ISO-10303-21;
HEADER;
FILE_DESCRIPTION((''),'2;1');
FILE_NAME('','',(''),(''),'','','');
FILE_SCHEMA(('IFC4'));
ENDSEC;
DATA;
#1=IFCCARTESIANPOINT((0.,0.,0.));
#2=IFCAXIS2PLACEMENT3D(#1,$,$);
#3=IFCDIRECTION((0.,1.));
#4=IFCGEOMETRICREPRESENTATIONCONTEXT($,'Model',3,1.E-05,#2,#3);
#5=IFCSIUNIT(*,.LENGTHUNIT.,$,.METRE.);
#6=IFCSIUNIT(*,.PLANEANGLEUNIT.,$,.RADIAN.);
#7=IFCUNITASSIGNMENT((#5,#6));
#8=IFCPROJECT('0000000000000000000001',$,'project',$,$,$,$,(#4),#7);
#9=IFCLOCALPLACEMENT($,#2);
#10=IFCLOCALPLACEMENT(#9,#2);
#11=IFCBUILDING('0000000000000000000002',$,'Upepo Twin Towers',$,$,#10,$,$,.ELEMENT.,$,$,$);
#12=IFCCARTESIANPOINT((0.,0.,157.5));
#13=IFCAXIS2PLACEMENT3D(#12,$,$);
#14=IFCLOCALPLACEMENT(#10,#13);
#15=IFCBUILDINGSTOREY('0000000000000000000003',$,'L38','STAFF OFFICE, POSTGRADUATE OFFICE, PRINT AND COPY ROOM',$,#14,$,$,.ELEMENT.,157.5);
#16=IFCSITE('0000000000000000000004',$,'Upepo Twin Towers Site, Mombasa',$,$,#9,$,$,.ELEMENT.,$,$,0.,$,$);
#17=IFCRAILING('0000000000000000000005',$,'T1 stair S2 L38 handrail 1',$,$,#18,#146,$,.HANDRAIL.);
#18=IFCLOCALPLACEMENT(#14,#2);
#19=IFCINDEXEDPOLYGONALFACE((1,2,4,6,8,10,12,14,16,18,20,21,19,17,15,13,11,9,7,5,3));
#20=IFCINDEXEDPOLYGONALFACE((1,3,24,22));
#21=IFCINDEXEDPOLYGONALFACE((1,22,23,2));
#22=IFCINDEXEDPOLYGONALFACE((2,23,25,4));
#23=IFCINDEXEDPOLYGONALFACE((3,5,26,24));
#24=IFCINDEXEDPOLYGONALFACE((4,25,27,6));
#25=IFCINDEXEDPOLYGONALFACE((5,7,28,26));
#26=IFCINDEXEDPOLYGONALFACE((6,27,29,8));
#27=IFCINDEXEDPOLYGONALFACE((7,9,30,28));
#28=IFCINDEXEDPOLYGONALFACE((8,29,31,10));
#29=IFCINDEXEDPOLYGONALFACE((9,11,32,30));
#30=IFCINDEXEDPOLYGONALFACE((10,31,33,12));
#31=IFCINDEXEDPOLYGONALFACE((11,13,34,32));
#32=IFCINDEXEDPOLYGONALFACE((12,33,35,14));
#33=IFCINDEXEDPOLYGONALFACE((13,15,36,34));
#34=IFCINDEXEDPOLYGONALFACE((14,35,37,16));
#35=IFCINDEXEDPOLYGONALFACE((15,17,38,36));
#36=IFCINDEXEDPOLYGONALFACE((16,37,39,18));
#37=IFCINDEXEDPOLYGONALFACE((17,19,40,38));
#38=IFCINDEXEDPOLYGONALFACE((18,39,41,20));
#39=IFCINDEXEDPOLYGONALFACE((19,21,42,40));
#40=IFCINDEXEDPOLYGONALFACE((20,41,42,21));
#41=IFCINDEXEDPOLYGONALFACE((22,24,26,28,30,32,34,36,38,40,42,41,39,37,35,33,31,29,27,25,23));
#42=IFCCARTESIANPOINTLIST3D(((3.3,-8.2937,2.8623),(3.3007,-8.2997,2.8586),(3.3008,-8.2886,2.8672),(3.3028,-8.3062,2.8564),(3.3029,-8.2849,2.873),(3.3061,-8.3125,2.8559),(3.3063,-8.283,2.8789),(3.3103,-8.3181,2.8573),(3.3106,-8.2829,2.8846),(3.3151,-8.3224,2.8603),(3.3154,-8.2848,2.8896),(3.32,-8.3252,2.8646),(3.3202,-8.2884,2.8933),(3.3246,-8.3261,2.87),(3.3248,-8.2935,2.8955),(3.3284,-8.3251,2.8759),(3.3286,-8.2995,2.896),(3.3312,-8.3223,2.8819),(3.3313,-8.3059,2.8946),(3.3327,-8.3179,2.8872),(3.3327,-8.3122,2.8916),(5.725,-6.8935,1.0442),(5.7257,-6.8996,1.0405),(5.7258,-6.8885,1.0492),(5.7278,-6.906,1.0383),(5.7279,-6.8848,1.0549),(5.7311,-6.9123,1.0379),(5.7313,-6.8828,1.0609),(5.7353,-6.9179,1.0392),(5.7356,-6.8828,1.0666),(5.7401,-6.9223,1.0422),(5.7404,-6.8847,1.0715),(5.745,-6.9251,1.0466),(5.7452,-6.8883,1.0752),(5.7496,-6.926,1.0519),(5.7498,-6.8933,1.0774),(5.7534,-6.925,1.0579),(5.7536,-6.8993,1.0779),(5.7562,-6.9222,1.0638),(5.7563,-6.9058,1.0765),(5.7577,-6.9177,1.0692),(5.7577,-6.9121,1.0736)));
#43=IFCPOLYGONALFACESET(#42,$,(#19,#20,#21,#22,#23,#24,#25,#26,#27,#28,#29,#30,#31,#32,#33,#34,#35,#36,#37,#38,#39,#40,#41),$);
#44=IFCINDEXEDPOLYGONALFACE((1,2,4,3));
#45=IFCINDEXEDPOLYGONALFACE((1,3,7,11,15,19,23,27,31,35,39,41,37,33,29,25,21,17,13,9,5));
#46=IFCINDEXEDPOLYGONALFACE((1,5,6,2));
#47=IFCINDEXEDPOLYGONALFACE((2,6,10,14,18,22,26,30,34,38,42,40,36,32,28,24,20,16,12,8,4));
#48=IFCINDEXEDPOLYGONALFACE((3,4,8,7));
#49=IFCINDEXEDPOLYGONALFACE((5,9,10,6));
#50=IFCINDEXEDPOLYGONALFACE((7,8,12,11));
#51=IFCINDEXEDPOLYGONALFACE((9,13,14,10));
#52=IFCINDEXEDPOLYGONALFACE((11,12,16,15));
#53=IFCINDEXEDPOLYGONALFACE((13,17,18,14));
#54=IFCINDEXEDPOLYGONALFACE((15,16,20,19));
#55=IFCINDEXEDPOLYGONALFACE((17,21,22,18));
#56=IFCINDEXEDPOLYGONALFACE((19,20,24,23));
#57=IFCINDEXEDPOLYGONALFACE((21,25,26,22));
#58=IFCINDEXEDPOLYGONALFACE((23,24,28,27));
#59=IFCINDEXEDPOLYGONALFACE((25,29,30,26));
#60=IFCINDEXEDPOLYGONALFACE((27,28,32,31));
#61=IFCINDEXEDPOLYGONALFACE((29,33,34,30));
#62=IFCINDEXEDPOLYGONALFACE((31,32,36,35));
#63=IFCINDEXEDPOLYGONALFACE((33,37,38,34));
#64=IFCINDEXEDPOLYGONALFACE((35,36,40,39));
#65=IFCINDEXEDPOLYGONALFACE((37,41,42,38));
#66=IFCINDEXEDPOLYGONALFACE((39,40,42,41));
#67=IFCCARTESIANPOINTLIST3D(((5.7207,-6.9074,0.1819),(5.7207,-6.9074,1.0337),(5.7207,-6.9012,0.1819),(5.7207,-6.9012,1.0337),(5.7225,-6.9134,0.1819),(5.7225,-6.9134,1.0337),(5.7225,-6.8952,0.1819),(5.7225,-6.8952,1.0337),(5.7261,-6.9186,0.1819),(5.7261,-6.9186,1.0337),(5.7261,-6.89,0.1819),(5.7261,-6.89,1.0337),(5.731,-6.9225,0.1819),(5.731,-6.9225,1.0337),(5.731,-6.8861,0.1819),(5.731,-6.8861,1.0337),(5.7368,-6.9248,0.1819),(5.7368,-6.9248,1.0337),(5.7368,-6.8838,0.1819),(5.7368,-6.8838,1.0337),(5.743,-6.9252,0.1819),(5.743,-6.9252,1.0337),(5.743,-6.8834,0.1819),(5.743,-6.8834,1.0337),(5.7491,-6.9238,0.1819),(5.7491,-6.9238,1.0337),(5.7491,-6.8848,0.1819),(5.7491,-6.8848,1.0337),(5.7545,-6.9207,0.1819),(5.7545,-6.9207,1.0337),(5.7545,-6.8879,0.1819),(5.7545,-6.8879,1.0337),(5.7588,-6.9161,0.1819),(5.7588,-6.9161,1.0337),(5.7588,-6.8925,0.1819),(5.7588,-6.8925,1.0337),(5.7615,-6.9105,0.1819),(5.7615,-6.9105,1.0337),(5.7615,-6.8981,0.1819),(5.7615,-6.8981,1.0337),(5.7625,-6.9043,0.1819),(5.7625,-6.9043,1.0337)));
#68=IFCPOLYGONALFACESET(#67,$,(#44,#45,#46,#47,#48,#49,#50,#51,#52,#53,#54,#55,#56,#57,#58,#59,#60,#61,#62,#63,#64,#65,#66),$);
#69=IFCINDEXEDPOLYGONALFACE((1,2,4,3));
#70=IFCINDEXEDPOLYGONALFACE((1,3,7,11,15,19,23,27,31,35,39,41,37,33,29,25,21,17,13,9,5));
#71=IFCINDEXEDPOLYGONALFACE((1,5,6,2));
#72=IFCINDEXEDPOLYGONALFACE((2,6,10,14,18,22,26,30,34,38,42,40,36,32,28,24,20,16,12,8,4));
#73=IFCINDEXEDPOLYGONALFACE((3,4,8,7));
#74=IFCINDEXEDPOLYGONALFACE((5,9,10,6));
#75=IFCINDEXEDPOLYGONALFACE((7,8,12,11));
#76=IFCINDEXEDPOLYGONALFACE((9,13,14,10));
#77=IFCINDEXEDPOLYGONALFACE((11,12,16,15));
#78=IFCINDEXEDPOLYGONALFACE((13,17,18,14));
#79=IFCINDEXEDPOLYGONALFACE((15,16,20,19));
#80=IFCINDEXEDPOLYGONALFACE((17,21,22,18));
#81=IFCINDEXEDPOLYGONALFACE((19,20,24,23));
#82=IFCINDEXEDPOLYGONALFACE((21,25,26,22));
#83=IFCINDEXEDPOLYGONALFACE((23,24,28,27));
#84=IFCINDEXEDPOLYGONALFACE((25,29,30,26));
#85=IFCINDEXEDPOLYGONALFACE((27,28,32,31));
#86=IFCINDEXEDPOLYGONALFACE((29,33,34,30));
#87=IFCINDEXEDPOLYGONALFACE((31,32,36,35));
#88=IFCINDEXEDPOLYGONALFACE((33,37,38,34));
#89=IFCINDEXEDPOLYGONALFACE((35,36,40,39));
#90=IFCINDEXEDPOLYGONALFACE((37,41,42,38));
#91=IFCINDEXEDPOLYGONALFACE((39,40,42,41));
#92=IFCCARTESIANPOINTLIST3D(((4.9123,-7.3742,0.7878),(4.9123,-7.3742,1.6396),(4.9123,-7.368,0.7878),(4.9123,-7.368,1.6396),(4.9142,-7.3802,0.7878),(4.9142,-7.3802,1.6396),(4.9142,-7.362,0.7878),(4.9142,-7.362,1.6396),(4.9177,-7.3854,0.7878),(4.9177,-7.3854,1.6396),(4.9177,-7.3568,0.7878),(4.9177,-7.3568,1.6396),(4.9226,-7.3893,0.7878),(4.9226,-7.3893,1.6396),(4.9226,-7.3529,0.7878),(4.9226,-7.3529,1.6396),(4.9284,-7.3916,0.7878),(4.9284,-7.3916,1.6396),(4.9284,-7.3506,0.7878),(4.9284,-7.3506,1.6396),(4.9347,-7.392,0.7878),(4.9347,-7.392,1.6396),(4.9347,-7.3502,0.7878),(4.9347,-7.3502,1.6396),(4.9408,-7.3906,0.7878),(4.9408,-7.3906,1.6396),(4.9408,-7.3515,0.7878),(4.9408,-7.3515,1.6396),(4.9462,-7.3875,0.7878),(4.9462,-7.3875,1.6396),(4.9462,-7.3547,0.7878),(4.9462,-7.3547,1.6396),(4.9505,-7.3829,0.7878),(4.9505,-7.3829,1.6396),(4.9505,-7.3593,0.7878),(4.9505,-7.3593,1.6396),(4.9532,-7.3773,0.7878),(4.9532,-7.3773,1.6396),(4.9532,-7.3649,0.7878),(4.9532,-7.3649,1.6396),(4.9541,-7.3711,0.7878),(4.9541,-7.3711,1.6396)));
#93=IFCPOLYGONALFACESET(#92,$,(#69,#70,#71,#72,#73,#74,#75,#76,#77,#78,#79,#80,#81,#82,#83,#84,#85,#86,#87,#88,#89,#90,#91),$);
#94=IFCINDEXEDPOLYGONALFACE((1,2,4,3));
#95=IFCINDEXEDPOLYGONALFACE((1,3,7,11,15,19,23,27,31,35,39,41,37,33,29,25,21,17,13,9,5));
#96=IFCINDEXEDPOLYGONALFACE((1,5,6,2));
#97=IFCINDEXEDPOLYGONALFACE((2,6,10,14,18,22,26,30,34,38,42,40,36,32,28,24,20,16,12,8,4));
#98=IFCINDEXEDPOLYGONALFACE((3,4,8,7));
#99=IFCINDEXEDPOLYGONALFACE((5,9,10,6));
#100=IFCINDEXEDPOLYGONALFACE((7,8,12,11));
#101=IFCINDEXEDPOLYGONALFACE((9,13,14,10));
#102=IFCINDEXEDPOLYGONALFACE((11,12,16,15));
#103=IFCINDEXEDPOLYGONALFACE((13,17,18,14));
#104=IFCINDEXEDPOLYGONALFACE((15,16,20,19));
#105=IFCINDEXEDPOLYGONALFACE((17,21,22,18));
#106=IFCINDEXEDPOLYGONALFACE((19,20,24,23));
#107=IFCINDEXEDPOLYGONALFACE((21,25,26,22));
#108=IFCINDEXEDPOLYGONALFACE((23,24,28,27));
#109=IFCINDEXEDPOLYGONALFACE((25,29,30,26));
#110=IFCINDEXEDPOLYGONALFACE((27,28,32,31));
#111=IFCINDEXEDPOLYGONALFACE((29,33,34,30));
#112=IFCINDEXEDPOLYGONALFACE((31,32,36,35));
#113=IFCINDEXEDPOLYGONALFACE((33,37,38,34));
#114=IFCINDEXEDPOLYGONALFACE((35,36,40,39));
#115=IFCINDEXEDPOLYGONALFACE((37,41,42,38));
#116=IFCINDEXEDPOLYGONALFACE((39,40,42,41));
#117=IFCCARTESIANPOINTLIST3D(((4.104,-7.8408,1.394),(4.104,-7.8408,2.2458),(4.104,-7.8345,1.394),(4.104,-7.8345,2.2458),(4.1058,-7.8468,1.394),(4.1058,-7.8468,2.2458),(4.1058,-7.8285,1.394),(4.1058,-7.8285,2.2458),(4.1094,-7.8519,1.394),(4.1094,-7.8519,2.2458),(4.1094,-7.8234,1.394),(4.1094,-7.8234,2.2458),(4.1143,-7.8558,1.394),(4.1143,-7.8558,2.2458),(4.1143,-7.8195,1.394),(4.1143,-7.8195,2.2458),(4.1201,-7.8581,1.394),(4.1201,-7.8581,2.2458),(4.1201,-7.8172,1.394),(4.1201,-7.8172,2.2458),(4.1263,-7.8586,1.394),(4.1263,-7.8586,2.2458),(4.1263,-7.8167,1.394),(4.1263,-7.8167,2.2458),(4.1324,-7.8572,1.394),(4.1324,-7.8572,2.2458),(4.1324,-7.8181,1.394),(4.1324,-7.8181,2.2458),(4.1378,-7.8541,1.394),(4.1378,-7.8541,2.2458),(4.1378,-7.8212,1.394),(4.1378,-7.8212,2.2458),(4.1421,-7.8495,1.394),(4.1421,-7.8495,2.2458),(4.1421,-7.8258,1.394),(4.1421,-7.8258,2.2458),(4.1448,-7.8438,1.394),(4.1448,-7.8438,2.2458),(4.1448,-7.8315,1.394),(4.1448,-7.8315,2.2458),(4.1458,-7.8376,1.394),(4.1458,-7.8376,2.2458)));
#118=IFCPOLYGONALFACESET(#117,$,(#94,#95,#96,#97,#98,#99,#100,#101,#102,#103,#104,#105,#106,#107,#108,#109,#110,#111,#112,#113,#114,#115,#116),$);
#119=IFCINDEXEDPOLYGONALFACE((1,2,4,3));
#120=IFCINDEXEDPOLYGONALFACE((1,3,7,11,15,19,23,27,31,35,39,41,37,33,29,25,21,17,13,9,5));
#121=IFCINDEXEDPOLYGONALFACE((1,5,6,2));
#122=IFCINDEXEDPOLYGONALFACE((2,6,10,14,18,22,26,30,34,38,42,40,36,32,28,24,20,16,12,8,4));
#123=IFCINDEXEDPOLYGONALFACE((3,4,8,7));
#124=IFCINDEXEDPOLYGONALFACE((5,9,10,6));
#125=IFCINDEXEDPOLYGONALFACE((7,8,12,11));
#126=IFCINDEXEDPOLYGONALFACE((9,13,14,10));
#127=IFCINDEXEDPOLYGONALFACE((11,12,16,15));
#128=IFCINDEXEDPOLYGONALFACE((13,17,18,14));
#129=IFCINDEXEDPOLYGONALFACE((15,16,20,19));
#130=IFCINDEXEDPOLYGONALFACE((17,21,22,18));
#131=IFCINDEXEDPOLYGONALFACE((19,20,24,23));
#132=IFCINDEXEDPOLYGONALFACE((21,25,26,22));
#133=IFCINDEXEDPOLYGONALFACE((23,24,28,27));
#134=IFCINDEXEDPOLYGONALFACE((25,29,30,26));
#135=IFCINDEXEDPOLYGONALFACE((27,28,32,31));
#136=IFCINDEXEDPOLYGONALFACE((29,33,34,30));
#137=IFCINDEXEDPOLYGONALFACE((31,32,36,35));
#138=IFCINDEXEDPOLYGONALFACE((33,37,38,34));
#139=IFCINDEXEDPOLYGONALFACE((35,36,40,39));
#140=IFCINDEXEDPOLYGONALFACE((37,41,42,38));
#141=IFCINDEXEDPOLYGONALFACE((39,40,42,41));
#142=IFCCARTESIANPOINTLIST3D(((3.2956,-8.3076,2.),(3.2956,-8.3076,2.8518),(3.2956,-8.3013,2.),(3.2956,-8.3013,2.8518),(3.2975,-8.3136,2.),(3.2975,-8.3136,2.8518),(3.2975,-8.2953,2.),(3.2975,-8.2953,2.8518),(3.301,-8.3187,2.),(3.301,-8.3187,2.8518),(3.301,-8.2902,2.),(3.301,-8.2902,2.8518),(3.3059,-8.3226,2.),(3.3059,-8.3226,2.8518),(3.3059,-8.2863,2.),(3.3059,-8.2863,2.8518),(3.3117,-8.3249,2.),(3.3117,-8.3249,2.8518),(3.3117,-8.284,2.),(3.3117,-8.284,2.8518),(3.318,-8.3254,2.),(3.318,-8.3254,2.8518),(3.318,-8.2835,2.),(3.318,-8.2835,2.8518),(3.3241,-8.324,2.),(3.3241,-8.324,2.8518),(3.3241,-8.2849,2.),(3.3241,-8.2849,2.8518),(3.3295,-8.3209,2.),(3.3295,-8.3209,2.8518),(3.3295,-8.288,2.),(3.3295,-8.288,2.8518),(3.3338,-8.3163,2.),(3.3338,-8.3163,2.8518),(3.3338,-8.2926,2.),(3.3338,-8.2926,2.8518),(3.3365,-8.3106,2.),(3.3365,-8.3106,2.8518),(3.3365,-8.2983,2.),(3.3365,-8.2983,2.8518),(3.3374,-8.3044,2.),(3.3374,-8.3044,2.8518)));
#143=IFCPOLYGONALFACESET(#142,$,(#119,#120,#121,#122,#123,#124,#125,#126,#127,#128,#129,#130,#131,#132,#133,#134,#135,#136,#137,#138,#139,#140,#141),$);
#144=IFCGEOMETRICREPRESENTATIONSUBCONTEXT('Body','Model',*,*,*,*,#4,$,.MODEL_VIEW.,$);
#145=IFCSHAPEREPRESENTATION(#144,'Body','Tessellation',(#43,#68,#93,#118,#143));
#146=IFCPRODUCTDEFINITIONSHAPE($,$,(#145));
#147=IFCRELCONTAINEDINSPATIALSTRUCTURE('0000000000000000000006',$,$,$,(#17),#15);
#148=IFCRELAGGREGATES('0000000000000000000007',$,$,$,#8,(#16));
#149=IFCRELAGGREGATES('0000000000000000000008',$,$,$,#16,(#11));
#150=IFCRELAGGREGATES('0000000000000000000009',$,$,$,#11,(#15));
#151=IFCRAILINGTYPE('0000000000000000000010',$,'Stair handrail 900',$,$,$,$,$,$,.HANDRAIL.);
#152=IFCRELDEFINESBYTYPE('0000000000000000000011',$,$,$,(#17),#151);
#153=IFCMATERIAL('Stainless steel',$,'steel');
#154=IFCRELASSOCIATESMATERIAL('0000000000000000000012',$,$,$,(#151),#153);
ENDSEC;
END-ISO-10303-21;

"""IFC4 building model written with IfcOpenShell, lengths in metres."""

from ifc_helpers import new_model, si_unit, direction, frame, origin, origin_2d, place, context, subcontext, project, spatial, circle, extrude, material, type_object, element, save


model = new_model("IFC4")

# Units and contexts
model_context = context("Model", 3, precision=1e-05, world=origin(), true_north=direction((0.0, 1.0)))
body_context = subcontext(model_context, "Body", "Model", "MODEL_VIEW")
ifc_project = project(units=[si_unit("LENGTHUNIT", "METRE"), si_unit("PLANEANGLEUNIT", "RADIAN")], contexts=[model_context])

# Site, building, storey
site_placement = place(None, origin())
site = spatial("IfcSite", under=ifc_project, at=site_placement, Name="Upepo Twin Towers Site, Mombasa", CompositionType="ELEMENT", RefElevation=0.0)
building_placement = place(site_placement, origin())
building = spatial("IfcBuilding", under=site, at=building_placement, Name="Upepo Twin Towers", CompositionType="ELEMENT")
storey_placement = place(building_placement, frame((0.0, 0.0, 157.5)))
storey = spatial("IfcBuildingStorey", under=building, at=storey_placement, Name="L38", Description="STAFF OFFICE, POSTGRADUATE OFFICE, PRINT AND COPY ROOM", CompositionType="ELEMENT", Elevation=157.5)

# Railing
ifc_material_1 = material(Name="Stainless steel", Category="steel")
railing_type = type_object("IfcRailingType", Name="Stair handrail 900", PredefinedType="HANDRAIL", material=ifc_material_1)
railing_1_placement = place(storey_placement, frame((5.7415, -6.9043, 0.1819)))
element("IfcRailing", 1, at=railing_1_placement, inside=storey, type_object=railing_type, Name="T1 stair S2 L38 handrail 1", PredefinedType="HANDRAIL", context=body_context, shape_type="SweptSolid", body=[
    extrude(circle(Radius=0.0239, at=origin_2d()), frame((0.0, 0.0, 0.876), z_axis=(-0.726349, -0.419371, 0.54456), x_axis=(0.500012, -0.866019, 0.0)), (0.0, 0.0, 1.0), 3.3386),
    extrude(circle(Radius=0.021, at=origin_2d()), origin(), (0.0, 0.0, 1.0), 0.8518),
    extrude(circle(Radius=0.021, at=origin_2d()), frame((-0.8083, -0.4668, 0.606)), (0.0, 0.0, 1.0), 0.8518),
    extrude(circle(Radius=0.021, at=origin_2d()), frame((-1.6167, -0.9333, 1.2122)), (0.0, 0.0, 1.0), 0.8518),
    extrude(circle(Radius=0.021, at=origin_2d()), frame((-2.425, -1.4001, 1.8181)), (0.0, 0.0, 1.0), 0.8518),
])

save(model, "model.ifc")
